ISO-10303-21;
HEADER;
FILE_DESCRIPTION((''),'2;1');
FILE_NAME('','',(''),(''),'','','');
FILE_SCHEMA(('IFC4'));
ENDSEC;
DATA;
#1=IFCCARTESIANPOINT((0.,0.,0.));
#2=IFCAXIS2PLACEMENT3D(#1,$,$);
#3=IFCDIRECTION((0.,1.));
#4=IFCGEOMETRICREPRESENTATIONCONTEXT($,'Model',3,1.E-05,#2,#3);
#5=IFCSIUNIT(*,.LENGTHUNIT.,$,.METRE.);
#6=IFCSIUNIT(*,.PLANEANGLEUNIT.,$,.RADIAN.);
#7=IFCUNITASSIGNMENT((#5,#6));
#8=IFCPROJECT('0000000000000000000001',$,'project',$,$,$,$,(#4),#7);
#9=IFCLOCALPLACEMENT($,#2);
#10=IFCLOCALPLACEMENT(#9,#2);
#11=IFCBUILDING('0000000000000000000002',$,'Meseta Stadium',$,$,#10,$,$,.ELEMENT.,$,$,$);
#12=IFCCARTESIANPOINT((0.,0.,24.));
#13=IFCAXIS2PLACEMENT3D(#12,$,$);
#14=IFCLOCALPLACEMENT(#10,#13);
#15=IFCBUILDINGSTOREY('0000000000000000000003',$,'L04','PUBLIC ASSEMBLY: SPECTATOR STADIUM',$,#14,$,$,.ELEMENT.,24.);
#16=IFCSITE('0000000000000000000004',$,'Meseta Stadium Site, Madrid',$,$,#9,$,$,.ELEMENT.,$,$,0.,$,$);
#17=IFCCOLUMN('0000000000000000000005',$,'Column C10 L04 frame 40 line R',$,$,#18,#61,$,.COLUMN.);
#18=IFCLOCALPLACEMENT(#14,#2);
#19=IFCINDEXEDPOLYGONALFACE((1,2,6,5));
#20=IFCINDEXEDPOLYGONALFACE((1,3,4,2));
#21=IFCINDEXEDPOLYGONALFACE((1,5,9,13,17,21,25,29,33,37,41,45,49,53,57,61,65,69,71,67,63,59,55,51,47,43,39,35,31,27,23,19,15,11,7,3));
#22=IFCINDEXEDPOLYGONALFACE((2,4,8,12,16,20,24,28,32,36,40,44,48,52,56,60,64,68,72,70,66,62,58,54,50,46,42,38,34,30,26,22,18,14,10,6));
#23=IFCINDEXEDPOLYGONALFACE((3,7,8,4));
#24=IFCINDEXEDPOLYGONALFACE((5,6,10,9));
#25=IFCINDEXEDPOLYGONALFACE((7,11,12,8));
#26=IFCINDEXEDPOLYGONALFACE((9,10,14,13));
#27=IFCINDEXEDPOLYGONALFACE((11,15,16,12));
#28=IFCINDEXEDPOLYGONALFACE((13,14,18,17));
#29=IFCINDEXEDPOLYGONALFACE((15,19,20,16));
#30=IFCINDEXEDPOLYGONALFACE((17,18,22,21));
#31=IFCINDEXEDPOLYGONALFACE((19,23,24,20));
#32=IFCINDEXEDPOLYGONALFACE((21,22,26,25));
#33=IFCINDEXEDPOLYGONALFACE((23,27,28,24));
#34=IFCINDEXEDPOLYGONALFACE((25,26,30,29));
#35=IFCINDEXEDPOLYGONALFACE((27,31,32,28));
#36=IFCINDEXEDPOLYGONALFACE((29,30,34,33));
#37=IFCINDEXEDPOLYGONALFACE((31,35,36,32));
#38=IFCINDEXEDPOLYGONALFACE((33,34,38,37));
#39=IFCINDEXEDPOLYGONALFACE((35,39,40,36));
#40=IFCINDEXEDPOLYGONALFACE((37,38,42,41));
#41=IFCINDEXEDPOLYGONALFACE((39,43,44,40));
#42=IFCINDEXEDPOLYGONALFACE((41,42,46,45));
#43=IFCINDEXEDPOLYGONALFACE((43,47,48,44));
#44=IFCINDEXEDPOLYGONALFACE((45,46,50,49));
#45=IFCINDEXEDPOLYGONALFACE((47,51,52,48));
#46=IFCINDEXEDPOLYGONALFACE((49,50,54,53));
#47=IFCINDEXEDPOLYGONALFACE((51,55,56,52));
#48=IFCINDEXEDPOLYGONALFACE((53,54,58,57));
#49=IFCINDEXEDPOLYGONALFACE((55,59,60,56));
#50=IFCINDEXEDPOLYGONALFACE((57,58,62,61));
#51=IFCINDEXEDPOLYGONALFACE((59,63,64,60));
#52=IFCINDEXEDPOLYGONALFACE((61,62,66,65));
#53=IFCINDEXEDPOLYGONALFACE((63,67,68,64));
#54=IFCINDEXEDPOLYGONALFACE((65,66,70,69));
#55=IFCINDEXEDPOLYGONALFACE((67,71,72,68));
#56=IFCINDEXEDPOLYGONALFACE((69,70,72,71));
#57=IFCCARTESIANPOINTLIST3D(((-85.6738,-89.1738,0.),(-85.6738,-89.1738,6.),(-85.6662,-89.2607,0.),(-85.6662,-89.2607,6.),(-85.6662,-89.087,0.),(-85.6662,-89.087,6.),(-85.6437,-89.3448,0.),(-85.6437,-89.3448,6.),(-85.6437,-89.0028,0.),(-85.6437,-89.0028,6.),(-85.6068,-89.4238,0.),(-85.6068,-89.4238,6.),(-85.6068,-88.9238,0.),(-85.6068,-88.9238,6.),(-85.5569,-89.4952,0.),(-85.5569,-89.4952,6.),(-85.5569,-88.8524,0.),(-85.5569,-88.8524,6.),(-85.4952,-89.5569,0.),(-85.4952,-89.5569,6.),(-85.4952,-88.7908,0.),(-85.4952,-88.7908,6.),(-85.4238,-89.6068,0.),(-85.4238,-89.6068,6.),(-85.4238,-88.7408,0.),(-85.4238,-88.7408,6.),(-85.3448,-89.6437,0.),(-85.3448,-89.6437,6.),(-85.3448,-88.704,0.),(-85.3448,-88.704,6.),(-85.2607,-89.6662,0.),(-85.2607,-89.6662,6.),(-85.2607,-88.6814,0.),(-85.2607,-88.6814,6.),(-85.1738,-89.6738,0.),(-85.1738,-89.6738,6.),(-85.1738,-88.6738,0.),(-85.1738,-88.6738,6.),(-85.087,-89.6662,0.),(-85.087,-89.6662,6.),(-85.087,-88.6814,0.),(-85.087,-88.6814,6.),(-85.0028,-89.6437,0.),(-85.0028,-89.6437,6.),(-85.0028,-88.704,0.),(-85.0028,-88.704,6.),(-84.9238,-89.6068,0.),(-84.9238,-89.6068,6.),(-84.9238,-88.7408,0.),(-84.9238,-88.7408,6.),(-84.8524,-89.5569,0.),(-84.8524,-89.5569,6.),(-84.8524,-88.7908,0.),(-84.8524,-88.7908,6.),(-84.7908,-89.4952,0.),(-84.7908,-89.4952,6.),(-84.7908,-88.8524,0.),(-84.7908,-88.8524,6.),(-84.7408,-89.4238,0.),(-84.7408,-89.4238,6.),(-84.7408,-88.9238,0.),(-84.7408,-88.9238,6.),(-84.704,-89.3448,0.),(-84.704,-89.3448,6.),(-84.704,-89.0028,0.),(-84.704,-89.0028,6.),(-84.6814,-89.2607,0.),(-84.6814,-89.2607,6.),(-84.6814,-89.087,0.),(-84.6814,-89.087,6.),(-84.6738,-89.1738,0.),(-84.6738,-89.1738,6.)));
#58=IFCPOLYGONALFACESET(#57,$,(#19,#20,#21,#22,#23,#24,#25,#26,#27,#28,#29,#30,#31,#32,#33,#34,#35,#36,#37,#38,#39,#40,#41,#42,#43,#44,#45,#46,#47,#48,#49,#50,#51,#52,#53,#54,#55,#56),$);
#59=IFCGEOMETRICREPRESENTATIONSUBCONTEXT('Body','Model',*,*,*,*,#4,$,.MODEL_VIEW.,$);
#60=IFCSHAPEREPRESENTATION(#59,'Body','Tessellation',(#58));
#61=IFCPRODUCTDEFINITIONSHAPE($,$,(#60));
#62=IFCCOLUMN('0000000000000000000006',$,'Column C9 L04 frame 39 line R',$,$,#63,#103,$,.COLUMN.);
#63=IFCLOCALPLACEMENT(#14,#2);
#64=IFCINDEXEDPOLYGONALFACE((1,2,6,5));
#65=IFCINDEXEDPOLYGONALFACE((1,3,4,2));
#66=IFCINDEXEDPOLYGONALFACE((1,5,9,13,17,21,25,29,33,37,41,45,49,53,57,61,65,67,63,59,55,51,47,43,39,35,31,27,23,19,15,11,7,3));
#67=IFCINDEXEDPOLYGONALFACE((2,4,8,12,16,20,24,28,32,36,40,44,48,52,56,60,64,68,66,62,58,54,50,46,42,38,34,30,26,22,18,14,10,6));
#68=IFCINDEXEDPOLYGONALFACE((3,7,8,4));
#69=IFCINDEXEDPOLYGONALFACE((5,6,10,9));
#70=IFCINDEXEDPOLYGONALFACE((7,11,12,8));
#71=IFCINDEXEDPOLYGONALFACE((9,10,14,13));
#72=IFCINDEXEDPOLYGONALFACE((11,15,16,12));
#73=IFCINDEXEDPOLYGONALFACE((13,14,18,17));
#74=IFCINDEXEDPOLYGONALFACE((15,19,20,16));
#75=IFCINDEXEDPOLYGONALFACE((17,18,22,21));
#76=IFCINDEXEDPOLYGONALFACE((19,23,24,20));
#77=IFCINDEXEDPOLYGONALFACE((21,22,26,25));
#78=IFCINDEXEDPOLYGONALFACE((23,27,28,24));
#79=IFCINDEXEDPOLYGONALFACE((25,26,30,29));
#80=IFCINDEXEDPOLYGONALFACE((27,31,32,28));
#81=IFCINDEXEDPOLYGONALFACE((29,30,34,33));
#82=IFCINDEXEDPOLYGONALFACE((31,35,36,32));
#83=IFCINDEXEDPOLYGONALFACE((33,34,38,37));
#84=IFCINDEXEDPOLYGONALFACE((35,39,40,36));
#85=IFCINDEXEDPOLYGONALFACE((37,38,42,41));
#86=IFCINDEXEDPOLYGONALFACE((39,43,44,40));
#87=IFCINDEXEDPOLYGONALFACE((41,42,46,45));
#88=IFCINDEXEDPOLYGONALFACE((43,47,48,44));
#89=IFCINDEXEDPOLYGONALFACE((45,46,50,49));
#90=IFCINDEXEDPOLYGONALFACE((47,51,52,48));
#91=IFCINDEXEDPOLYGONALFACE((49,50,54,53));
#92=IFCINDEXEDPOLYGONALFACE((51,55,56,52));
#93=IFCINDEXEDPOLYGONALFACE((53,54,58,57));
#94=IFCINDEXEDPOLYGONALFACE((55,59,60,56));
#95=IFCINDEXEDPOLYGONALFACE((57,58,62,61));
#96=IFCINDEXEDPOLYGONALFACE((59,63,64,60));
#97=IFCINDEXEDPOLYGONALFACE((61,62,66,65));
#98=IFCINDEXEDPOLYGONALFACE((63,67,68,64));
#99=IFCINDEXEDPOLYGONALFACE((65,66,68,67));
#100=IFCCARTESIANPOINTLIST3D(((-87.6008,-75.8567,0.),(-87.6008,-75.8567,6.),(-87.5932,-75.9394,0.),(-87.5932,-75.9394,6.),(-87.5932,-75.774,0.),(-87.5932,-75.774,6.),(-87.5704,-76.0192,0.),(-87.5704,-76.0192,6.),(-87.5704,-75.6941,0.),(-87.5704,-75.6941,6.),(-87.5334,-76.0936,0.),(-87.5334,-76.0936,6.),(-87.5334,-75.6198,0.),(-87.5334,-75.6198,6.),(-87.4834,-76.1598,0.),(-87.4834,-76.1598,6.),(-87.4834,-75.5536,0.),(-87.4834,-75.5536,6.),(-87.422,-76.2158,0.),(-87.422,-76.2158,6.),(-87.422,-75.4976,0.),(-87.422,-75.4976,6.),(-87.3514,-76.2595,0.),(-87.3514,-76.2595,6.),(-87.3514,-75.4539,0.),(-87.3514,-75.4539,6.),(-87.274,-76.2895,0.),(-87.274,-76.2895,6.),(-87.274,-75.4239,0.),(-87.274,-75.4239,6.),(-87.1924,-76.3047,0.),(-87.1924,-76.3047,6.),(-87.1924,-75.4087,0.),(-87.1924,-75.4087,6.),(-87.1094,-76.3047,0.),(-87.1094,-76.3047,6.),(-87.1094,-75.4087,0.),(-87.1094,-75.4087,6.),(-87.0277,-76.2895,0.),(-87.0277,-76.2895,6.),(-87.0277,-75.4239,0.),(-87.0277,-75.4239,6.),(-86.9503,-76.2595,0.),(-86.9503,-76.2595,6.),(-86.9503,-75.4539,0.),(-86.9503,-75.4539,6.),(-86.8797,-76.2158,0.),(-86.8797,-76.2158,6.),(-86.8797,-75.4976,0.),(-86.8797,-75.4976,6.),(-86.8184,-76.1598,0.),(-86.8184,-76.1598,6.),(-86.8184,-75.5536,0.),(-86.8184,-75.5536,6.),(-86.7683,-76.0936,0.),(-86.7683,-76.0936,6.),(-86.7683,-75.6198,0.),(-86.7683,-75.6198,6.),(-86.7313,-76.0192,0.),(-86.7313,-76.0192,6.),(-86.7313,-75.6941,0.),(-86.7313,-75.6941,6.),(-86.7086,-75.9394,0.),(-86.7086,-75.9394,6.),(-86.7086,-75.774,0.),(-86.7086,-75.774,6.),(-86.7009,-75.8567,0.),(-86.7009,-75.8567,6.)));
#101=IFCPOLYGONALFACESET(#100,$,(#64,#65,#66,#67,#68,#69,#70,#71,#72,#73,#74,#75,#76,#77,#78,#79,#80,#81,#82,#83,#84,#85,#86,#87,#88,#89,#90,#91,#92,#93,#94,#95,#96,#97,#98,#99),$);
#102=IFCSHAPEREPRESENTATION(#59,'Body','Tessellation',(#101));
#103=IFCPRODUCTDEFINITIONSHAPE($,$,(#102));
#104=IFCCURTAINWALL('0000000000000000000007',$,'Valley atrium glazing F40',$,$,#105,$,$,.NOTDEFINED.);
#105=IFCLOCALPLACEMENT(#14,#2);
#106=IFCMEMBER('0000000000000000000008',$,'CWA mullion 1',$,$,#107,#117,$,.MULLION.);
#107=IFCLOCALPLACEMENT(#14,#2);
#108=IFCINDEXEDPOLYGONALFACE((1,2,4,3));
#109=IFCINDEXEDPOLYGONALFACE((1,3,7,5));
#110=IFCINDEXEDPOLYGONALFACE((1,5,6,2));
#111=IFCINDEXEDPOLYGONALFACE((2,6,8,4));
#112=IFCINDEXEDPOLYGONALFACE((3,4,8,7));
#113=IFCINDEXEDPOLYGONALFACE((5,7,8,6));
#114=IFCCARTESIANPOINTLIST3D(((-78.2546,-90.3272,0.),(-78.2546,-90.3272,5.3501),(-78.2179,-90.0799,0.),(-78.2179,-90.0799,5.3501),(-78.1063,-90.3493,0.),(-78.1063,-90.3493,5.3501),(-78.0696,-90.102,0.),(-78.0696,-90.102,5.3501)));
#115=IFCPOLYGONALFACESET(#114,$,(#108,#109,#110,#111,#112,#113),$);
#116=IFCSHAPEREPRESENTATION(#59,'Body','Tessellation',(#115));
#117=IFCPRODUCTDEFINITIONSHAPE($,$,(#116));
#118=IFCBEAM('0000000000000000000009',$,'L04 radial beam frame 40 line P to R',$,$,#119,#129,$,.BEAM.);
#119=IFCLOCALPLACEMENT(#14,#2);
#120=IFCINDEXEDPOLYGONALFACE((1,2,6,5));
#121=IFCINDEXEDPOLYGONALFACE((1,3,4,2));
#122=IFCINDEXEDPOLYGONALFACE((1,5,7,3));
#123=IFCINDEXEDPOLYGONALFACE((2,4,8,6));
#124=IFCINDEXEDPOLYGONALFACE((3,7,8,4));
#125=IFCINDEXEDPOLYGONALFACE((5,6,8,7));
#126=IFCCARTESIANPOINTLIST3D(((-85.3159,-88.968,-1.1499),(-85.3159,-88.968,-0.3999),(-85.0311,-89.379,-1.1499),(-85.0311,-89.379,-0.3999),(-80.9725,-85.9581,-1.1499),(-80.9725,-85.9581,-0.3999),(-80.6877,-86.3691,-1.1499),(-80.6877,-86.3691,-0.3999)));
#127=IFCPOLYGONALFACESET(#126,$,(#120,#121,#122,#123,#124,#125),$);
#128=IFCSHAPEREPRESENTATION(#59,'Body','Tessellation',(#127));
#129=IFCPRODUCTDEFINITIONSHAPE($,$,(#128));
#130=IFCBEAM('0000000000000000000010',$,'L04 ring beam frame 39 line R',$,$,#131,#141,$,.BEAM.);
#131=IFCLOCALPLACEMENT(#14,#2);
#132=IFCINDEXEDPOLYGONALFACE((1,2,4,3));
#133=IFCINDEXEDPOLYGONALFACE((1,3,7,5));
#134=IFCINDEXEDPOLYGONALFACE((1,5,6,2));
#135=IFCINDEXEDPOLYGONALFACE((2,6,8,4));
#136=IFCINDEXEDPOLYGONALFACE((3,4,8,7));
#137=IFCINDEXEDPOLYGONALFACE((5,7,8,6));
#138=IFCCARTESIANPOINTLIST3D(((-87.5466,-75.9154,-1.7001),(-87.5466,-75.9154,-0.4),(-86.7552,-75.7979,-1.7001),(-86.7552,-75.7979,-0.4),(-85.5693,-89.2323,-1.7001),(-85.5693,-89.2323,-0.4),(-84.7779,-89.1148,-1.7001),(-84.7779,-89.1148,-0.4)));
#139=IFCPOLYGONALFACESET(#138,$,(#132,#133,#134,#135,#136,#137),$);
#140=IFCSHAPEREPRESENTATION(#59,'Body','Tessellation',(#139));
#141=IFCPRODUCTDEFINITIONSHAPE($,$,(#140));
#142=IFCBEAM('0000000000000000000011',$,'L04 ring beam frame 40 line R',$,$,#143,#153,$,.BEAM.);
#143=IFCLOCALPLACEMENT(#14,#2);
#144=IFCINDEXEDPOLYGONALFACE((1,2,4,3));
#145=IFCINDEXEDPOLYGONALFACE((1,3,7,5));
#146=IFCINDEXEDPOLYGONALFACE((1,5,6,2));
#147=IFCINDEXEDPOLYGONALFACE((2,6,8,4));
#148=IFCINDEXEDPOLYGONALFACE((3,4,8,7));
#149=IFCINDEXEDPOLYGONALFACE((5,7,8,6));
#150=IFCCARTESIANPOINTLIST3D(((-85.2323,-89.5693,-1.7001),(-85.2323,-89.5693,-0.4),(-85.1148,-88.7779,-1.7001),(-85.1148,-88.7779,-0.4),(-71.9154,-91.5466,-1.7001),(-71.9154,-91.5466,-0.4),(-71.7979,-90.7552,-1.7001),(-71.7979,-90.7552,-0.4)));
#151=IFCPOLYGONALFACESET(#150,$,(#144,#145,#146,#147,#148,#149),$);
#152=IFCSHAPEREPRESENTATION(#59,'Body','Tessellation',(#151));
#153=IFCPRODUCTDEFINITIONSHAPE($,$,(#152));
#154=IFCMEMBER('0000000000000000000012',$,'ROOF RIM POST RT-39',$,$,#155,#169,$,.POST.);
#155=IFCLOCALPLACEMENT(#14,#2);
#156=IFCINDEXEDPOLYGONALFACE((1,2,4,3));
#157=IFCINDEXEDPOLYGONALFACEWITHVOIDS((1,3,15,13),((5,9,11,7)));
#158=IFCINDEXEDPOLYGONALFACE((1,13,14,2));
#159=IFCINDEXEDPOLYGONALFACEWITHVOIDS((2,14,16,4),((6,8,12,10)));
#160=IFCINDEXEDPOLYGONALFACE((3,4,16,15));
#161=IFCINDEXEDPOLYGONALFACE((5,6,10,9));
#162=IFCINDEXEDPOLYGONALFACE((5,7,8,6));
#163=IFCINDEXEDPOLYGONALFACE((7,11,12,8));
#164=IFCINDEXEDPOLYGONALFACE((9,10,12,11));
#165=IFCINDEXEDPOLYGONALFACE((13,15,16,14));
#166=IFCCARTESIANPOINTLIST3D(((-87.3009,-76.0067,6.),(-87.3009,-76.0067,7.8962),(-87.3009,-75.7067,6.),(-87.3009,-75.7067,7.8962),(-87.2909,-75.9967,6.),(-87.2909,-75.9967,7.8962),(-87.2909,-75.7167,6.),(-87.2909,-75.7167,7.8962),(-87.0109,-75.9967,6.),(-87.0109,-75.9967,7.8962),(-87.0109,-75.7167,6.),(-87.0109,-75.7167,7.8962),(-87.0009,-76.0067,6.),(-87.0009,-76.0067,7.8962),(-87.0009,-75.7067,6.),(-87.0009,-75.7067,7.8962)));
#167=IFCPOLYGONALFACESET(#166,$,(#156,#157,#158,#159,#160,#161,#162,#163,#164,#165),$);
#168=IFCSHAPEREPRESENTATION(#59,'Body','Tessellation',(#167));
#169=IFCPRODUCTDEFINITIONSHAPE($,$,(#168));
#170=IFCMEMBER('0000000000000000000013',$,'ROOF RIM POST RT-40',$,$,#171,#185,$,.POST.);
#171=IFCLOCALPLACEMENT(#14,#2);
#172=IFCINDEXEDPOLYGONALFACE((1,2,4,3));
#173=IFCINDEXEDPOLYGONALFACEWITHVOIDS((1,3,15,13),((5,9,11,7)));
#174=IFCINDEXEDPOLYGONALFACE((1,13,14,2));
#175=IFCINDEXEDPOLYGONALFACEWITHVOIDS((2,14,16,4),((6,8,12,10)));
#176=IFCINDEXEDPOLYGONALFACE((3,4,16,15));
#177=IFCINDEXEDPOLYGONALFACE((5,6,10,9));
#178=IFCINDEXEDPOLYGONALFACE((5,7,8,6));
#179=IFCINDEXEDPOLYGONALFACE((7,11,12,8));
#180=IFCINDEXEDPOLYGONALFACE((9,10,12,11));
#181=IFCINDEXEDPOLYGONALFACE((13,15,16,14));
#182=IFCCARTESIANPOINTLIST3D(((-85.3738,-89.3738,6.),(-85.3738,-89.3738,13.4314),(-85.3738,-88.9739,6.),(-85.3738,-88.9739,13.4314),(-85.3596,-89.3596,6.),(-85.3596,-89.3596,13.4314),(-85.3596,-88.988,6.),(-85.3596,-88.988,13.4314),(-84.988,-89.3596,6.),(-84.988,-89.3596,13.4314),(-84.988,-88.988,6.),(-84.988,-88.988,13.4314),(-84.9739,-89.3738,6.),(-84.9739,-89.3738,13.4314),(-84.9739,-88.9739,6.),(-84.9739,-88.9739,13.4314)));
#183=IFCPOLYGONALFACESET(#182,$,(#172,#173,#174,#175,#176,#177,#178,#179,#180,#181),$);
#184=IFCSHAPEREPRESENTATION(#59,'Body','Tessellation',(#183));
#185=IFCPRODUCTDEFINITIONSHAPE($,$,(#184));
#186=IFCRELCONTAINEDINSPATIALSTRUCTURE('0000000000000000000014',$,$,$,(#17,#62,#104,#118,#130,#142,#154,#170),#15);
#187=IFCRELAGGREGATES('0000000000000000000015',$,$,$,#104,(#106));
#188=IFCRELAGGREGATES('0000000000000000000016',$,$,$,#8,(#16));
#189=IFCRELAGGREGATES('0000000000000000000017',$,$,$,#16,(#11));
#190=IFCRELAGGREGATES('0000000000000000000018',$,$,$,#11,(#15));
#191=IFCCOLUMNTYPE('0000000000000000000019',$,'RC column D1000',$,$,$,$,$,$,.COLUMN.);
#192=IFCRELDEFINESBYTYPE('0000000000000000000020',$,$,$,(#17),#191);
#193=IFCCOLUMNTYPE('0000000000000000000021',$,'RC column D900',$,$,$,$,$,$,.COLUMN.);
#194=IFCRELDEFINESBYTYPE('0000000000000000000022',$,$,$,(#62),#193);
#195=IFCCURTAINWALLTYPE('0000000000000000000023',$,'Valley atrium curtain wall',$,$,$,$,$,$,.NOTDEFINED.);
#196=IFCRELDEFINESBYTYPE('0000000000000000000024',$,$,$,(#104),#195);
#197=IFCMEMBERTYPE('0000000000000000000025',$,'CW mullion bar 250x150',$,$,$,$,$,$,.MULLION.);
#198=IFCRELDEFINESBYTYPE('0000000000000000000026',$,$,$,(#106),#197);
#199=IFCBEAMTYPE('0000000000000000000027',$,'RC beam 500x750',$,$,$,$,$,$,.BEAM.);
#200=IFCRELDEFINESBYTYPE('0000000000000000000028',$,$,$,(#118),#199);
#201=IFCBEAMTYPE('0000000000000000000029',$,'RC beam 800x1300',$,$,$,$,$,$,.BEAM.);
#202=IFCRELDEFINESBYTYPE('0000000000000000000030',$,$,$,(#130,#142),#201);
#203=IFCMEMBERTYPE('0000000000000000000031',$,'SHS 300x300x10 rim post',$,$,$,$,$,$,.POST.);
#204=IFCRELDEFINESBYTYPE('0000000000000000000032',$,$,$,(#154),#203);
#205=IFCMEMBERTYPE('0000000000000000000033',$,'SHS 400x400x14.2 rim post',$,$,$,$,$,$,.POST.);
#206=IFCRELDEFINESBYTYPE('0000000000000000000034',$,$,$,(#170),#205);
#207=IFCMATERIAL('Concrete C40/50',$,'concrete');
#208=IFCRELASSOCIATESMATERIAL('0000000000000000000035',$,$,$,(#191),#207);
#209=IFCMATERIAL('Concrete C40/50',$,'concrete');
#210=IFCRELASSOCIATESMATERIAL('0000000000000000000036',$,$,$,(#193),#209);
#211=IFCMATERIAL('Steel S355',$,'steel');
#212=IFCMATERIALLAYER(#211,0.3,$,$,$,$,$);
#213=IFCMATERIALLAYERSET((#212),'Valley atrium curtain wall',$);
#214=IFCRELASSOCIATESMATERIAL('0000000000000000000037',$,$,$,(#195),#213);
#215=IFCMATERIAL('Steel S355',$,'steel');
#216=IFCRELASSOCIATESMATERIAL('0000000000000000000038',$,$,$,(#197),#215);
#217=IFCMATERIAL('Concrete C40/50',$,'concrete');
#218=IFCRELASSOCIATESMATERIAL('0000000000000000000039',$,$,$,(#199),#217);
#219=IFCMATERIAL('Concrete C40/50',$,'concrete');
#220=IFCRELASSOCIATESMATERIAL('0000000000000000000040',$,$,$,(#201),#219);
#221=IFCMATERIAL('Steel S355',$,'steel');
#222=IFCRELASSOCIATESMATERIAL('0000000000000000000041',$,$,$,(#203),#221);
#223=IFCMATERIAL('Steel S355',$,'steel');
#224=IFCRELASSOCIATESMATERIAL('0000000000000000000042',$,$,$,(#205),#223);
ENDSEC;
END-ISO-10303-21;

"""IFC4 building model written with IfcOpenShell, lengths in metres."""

from ifc_helpers import new_model, si_unit, direction, frame, origin, origin_2d, place, context, subcontext, project, spatial, rectangle, hollow_rectangle, circle, extrude, material, layer, layer_set, material_profile, profile_set, type_object, element, aggregate, save


model = new_model("IFC4")

# Units and contexts
model_context = context("Model", 3, precision=1e-05, world=origin(), true_north=direction((0.0, 1.0)))
body_context = subcontext(model_context, "Body", "Model", "MODEL_VIEW")
ifc_project = project(units=[si_unit("LENGTHUNIT", "METRE"), si_unit("PLANEANGLEUNIT", "RADIAN")], contexts=[model_context])

# Site, building, storey
site_placement = place(None, origin())
site = spatial("IfcSite", under=ifc_project, at=site_placement, Name="Meseta Stadium Site, Madrid", CompositionType="ELEMENT", RefElevation=0.0)
building_placement = place(site_placement, origin())
building = spatial("IfcBuilding", under=site, at=building_placement, Name="Meseta Stadium", CompositionType="ELEMENT")
storey_placement = place(building_placement, frame((0.0, 0.0, 24.0)))
storey = spatial("IfcBuildingStorey", under=building, at=storey_placement, Name="L04", Description="PUBLIC ASSEMBLY: SPECTATOR STADIUM", CompositionType="ELEMENT", Elevation=24.0)

# Columns
ifc_material_1 = material(Name="Concrete C40/50", Category="concrete")
ifc_material_profile_1 = material_profile(ifc_material_1, circle(Radius=0.5, at=origin_2d()), Name="RC D1000")
ifc_profile_set_1 = profile_set([ifc_material_profile_1], Name="Concrete C40/50")
column_type_1 = type_object("IfcColumnType", Name="RC column D1000", PredefinedType="COLUMN", material=ifc_profile_set_1)
column_1_placement = place(storey_placement, frame((-85.1738, -89.1738, 0.0), z_axis=(0.0, 0.0, 1.0), x_axis=(1.0, 0.0, 0.0)))
element("IfcColumn", 1, at=column_1_placement, inside=storey, type_object=column_type_1, Name="Column C10 L04 frame 40 line R", PredefinedType="COLUMN", context=body_context, shape_type="SweptSolid", body=[
    extrude(circle(Radius=0.5, at=origin_2d()), origin(), (0.0, 0.0, 1.0), 6.0),
])
ifc_material_2 = material(Name="Concrete C40/50", Category="concrete")
ifc_material_profile_2 = material_profile(ifc_material_2, circle(Radius=0.45, at=origin_2d()), Name="RC D900")
ifc_profile_set_2 = profile_set([ifc_material_profile_2], Name="Concrete C40/50")
column_type_2 = type_object("IfcColumnType", Name="RC column D900", PredefinedType="COLUMN", material=ifc_profile_set_2)
column_2_placement = place(storey_placement, frame((-87.1509, -75.8567, 0.0), z_axis=(0.0, 0.0, 1.0), x_axis=(1.0, 0.0, 0.0)))
element("IfcColumn", 2, at=column_2_placement, inside=storey, type_object=column_type_2, Name="Column C9 L04 frame 39 line R", PredefinedType="COLUMN", context=body_context, shape_type="SweptSolid", body=[
    extrude(circle(Radius=0.45, at=origin_2d()), origin(), (0.0, 0.0, 1.0), 6.0),
])

# Curtain wall, member
ifc_material_3 = material(Name="Steel S355", Category="steel")
ifc_layer_1 = layer(ifc_material_3, 0.3)
ifc_layer_set_1 = layer_set([ifc_layer_1], Name="Valley atrium curtain wall")
curtain_wall_type = type_object("IfcCurtainWallType", Name="Valley atrium curtain wall", PredefinedType="NOTDEFINED", material=ifc_layer_set_1)
curtain_wall_placement = place(storey_placement, origin())
curtain_wall = element("IfcCurtainWall", 3, at=curtain_wall_placement, inside=storey, type_object=curtain_wall_type, Name="Valley atrium glazing F40", PredefinedType="NOTDEFINED")
ifc_material_4 = material(Name="Steel S355", Category="steel")
ifc_material_profile_3 = material_profile(ifc_material_4, rectangle(XDim=0.25, YDim=0.1499, at=origin_2d()), Name="CW 250x150")
ifc_profile_set_3 = profile_set([ifc_material_profile_3], Name="Steel S355")
member_type_1 = type_object("IfcMemberType", Name="CW mullion bar 250x150", PredefinedType="MULLION", material=ifc_profile_set_3)
member_1_placement = place(storey_placement, frame((-78.1621, -90.2146, 0.0), z_axis=(0.0, 0.0, 1.0), x_axis=(0.146854, 0.989158, 0.0)))
member_1 = element("IfcMember", 4, at=member_1_placement, type_object=member_type_1, Name="CWA mullion 1", PredefinedType="MULLION", context=body_context, shape_type="SweptSolid", body=[
    extrude(rectangle(XDim=0.25, YDim=0.1499, at=origin_2d()), origin(), (0.0, 0.0, 1.0), 5.3501),
])
aggregate(curtain_wall, [member_1])

# Beams
ifc_material_5 = material(Name="Concrete C40/50", Category="concrete")
ifc_material_profile_4 = material_profile(ifc_material_5, rectangle(XDim=0.5, YDim=0.75, at=origin_2d()), Name="RC 500x750")
ifc_profile_set_4 = profile_set([ifc_material_profile_4], Name="Concrete C40/50")
beam_type_1 = type_object("IfcBeamType", Name="RC beam 500x750", PredefinedType="BEAM", material=ifc_profile_set_4)
beam_placement = place(storey_placement, frame((-80.8301, -86.1636, -0.7749), z_axis=(-0.821929, -0.569589, 0.0), x_axis=(0.569589, -0.821929, 0.0)))
element("IfcBeam", 5, at=beam_placement, inside=storey, type_object=beam_type_1, Name="L04 radial beam frame 40 line P to R", PredefinedType="BEAM", context=body_context, shape_type="SweptSolid", body=[
    extrude(rectangle(XDim=0.5, YDim=0.75, at=origin_2d()), origin(), (0.0, 0.0, 1.0), 5.2844),
])
ifc_material_6 = material(Name="Concrete C40/50", Category="concrete")
ifc_material_profile_5 = material_profile(ifc_material_6, rectangle(XDim=0.8, YDim=1.3, at=origin_2d()), Name="RC 800x1300")
ifc_profile_set_5 = profile_set([ifc_material_profile_5], Name="Concrete C40/50")
beam_type_2 = type_object("IfcBeamType", Name="RC beam 800x1300", PredefinedType="BEAM", material=ifc_profile_set_5)
for number, where, z_axis, x_axis, name in (
    (6, (-87.1509, -75.8567, -1.05), (0.14687, -0.989156, 0.0), (0.989156, 0.14687, 0.0), "L04 ring beam frame 39 line R"),
    (7, (-85.1736, -89.1736, -1.05), (0.989156, -0.14687, 0.0), (0.14687, 0.989156, 0.0), "L04 ring beam frame 40 line R"),
):
    element("IfcBeam", number, at=place(storey_placement, frame(where, z_axis=z_axis, x_axis=x_axis)), inside=storey, type_object=beam_type_2, Name=name, PredefinedType="BEAM", context=body_context, shape_type="SweptSolid", body=[
        extrude(rectangle(XDim=0.8, YDim=1.3, at=origin_2d()), origin(), (0.0, 0.0, 1.0), 13.4629),
    ])

# Members
ifc_material_7 = material(Name="Steel S355", Category="steel")
ifc_material_profile_6 = material_profile(ifc_material_7, hollow_rectangle(XDim=0.3, YDim=0.3, WallThickness=0.01, at=origin_2d()), Name="SHS 300x300x10")
ifc_profile_set_6 = profile_set([ifc_material_profile_6], Name="Steel S355")
member_type_2 = type_object("IfcMemberType", Name="SHS 300x300x10 rim post", PredefinedType="POST", material=ifc_profile_set_6)
member_2_placement = place(storey_placement, frame((-87.1509, -75.8567, 6.0), z_axis=(0.0, 0.0, 1.0), x_axis=(1.0, 0.0, 0.0)))
element("IfcMember", 8, at=member_2_placement, inside=storey, type_object=member_type_2, Name="ROOF RIM POST RT-39", PredefinedType="POST", context=body_context, shape_type="SweptSolid", body=[
    extrude(hollow_rectangle(XDim=0.3, YDim=0.3, WallThickness=0.01, at=origin_2d()), origin(), (0.0, 0.0, 1.0), 1.8962),
])
ifc_material_8 = material(Name="Steel S355", Category="steel")
ifc_material_profile_7 = material_profile(ifc_material_8, hollow_rectangle(XDim=0.3999, YDim=0.3999, WallThickness=0.0142, at=origin_2d()), Name="SHS 400x400x14.2")
ifc_profile_set_7 = profile_set([ifc_material_profile_7], Name="Steel S355")
member_type_3 = type_object("IfcMemberType", Name="SHS 400x400x14.2 rim post", PredefinedType="POST", material=ifc_profile_set_7)
member_3_placement = place(storey_placement, frame((-85.1738, -89.1738, 6.0), z_axis=(0.0, 0.0, 1.0), x_axis=(1.0, 0.0, 0.0)))
element("IfcMember", 9, at=member_3_placement, inside=storey, type_object=member_type_3, Name="ROOF RIM POST RT-40", PredefinedType="POST", context=body_context, shape_type="SweptSolid", body=[
    extrude(hollow_rectangle(XDim=0.3999, YDim=0.3999, WallThickness=0.0142, at=origin_2d()), origin(), (0.0, 0.0, 1.0), 7.4314),
])

save(model, "model.ifc")
